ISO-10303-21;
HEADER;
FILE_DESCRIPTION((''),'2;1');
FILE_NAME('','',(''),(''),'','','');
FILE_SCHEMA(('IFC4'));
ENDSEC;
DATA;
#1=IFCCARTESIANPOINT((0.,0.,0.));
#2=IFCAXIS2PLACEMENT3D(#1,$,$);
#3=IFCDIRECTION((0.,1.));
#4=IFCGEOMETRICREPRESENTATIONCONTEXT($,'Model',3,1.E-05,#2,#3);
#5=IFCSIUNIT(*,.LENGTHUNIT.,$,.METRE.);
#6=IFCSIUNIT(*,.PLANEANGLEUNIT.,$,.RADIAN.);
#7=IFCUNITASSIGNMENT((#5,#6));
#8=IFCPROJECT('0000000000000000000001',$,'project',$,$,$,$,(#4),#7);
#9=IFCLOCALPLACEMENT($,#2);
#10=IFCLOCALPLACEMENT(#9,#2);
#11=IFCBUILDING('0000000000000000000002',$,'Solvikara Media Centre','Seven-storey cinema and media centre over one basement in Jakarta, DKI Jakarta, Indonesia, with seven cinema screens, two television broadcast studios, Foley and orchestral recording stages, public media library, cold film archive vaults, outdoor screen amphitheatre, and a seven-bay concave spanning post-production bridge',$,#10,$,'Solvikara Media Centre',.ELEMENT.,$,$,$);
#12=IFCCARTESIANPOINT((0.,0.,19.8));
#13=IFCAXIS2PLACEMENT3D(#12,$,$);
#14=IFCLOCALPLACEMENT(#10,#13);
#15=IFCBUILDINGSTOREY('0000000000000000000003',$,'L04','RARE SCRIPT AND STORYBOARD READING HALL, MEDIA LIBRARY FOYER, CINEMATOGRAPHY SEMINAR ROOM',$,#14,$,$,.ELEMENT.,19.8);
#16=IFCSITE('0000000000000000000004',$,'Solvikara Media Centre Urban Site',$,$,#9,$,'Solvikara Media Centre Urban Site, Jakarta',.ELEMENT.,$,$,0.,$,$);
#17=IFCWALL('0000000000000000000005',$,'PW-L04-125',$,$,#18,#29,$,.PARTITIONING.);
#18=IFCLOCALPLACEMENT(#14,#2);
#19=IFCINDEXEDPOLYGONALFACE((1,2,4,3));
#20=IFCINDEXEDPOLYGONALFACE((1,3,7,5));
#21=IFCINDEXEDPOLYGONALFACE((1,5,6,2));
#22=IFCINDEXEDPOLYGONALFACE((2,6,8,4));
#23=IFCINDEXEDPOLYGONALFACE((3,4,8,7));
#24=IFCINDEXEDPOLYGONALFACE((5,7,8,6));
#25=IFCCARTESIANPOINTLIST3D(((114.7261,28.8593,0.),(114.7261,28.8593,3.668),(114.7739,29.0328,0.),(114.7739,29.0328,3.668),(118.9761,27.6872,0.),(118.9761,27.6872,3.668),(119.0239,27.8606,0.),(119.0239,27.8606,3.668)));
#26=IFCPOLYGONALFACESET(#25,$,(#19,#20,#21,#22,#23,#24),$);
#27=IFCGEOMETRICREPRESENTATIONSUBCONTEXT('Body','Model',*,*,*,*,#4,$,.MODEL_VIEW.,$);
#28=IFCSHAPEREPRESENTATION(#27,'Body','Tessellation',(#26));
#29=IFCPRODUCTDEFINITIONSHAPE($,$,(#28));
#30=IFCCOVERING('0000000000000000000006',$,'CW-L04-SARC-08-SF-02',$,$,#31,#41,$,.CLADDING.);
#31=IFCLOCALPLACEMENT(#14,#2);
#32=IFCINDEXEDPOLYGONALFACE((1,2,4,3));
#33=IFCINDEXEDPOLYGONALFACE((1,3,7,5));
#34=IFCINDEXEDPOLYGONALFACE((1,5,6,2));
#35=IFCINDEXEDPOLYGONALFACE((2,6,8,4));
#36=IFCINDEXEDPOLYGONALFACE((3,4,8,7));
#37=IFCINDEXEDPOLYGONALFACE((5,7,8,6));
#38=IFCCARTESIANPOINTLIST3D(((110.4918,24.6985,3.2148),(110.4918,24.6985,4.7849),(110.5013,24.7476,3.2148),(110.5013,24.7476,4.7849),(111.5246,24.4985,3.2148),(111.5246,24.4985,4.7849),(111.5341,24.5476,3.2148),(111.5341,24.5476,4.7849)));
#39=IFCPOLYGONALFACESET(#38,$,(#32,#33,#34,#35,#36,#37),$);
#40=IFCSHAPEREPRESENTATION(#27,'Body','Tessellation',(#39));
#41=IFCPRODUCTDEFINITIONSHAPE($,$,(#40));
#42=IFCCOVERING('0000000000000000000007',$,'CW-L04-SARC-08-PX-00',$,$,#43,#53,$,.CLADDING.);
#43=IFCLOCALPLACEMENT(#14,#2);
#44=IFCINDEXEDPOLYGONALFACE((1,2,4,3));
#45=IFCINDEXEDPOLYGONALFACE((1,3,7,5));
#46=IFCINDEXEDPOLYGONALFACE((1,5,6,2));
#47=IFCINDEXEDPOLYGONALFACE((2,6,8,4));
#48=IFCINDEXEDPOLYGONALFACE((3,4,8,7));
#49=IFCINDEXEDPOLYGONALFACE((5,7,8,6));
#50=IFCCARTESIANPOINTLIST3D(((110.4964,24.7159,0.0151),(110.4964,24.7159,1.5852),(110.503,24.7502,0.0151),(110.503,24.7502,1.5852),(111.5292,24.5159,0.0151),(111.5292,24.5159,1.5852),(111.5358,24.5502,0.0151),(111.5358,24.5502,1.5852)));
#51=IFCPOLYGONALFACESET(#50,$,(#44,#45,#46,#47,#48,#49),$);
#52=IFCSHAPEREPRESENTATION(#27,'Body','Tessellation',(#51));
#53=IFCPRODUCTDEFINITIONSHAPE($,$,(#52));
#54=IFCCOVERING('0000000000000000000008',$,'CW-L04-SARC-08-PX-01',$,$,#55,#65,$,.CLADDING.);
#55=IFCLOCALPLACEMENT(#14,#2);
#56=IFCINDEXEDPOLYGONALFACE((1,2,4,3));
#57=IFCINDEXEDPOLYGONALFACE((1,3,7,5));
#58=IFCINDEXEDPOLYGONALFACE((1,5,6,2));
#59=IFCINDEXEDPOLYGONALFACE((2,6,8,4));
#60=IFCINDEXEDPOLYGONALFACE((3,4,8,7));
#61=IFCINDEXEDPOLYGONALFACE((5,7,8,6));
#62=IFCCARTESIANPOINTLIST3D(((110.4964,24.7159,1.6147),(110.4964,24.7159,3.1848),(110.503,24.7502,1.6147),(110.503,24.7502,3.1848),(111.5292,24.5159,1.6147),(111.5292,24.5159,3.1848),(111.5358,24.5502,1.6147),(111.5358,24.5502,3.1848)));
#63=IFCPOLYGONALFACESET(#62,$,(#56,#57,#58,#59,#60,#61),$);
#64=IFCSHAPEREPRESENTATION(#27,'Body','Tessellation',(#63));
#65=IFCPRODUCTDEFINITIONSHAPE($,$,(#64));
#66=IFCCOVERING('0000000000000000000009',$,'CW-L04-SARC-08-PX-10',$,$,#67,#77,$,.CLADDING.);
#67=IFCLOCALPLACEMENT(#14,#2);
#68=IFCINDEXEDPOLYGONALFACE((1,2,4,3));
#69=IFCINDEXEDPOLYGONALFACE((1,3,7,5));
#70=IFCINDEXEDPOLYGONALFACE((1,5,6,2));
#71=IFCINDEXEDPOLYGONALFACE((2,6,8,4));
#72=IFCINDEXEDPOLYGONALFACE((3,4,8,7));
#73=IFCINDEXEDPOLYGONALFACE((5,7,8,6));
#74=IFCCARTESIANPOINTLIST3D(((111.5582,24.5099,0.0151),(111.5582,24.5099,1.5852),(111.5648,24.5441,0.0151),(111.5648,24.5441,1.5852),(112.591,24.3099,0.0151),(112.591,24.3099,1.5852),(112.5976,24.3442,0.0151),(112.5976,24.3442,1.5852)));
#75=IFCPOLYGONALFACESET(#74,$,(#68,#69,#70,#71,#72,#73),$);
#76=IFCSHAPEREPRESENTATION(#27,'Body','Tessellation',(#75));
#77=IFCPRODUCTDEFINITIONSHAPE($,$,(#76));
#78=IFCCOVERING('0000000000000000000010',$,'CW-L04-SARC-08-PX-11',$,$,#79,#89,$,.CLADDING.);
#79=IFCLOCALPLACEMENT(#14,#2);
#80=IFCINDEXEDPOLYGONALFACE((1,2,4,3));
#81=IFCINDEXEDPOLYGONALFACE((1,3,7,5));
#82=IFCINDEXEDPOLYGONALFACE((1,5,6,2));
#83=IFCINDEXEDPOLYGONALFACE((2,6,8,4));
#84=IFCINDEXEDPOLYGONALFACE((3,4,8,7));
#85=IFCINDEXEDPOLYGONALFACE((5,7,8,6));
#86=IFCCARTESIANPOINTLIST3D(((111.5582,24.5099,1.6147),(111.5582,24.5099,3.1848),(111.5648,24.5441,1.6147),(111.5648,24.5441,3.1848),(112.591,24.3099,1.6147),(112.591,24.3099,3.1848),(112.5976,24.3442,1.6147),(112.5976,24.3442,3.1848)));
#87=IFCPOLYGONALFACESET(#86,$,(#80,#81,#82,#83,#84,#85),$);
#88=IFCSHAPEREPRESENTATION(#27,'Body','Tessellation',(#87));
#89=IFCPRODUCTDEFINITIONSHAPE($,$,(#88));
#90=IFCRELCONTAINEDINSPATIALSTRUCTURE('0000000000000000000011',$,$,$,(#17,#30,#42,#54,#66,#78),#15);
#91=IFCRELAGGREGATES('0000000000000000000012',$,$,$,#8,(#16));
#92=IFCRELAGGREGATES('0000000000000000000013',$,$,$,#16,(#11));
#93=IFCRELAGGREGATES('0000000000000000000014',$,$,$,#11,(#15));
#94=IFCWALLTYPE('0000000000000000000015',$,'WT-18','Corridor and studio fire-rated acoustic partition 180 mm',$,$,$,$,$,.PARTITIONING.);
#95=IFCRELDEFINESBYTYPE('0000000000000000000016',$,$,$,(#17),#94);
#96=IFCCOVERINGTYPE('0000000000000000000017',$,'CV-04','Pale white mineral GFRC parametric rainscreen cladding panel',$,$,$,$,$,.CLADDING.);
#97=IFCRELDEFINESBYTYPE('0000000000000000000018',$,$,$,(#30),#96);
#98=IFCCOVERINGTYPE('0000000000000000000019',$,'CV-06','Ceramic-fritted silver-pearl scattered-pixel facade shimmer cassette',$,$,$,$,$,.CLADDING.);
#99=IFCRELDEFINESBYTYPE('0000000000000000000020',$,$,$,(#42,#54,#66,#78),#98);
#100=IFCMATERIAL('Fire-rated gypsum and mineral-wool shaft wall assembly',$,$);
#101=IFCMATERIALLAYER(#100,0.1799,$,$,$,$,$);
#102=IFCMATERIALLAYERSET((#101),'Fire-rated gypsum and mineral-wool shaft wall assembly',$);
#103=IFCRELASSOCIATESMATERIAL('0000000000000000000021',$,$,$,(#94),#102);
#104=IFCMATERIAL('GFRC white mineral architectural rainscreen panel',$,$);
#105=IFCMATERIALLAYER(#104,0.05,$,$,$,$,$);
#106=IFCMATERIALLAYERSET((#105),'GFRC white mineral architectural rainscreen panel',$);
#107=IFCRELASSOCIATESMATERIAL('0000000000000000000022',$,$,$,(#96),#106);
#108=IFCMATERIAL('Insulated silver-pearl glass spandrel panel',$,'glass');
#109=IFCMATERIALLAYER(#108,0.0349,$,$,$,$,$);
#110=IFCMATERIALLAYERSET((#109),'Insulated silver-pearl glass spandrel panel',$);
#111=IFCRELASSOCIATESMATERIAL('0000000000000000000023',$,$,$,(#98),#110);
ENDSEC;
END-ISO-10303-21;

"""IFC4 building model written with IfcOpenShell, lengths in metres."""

from ifc_helpers import new_model, si_unit, direction, frame, frame_2d, origin, origin_2d, place, context, subcontext, project, spatial, rectangle, extrude, material, layer, layer_set, type_object, element, save


model = new_model("IFC4")

# Units and contexts
model_context = context("Model", 3, precision=1e-05, world=origin(), true_north=direction((0.0, 1.0)))
body_context = subcontext(model_context, "Body", "Model", "MODEL_VIEW")
ifc_project = project(units=[si_unit("LENGTHUNIT", "METRE"), si_unit("PLANEANGLEUNIT", "RADIAN")], contexts=[model_context])

# Site, building, storey
site_placement = place(None, origin())
site = spatial("IfcSite", under=ifc_project, at=site_placement, Name="Solvikara Media Centre Urban Site", LongName="Solvikara Media Centre Urban Site, Jakarta", CompositionType="ELEMENT", RefElevation=0.0)
building_placement = place(site_placement, origin())
building = spatial("IfcBuilding", under=site, at=building_placement, Name="Solvikara Media Centre", Description="Seven-storey cinema and media centre over one basement in Jakarta, DKI Jakarta, Indonesia, with seven cinema screens, two television broadcast studios, Foley and orchestral recording stages, public media library, cold film archive vaults, outdoor screen amphitheatre, and a seven-bay concave spanning post-production bridge", LongName="Solvikara Media Centre", CompositionType="ELEMENT")
storey_placement = place(building_placement, frame((0.0, 0.0, 19.8)))
storey = spatial("IfcBuildingStorey", under=building, at=storey_placement, Name="L04", Description="RARE SCRIPT AND STORYBOARD READING HALL, MEDIA LIBRARY FOYER, CINEMATOGRAPHY SEMINAR ROOM", CompositionType="ELEMENT", Elevation=19.8)

# Shared definitions
ifc_material_1 = material(Name="Insulated silver-pearl glass spandrel panel", Category="glass")

# Wall
ifc_material_2 = material(Name="Fire-rated gypsum and mineral-wool shaft wall assembly")
ifc_layer_1 = layer(ifc_material_2, 0.1799)
ifc_layer_set_1 = layer_set([ifc_layer_1], Name="Fire-rated gypsum and mineral-wool shaft wall assembly")
wall_type = type_object("IfcWallType", Name="WT-18", Description="Corridor and studio fire-rated acoustic partition 180 mm", PredefinedType="PARTITIONING", material=ifc_layer_set_1)
wall_placement = place(storey_placement, frame((114.75, 28.946, 0.0), z_axis=(0.0, 0.0, 1.0), x_axis=(0.96401, -0.265867, 0.0)))
element("IfcWall", 1, at=wall_placement, inside=storey, type_object=wall_type, Name="PW-L04-125", PredefinedType="PARTITIONING", context=body_context, shape_type="SweptSolid", body=[
    extrude(rectangle(XDim=4.4087, YDim=0.1799, at=frame_2d((2.2043, 0.0))), origin(), (0.0, 0.0, 1.0), 3.668),
])

# Coverings
ifc_material_3 = material(Name="GFRC white mineral architectural rainscreen panel")
ifc_layer_2 = layer(ifc_material_3, 0.05)
ifc_layer_set_2 = layer_set([ifc_layer_2], Name="GFRC white mineral architectural rainscreen panel")
covering_type_1 = type_object("IfcCoveringType", Name="CV-04", Description="Pale white mineral GFRC parametric rainscreen cladding panel", PredefinedType="CLADDING", material=ifc_layer_set_2)
covering_placement = place(storey_placement, frame((111.0129, 24.623, 3.2148), z_axis=(0.0, 0.0, 1.0), x_axis=(0.981767, -0.190089, 0.0)))
element("IfcCovering", 2, at=covering_placement, inside=storey, type_object=covering_type_1, Name="CW-L04-SARC-08-SF-02", PredefinedType="CLADDING", context=body_context, shape_type="SweptSolid", body=[
    extrude(rectangle(XDim=1.052, YDim=0.05, at=origin_2d()), origin(), (0.0, 0.0, 1.0), 1.5701),
])
ifc_layer_3 = layer(ifc_material_1, 0.0349)
ifc_layer_set_3 = layer_set([ifc_layer_3], Name="Insulated silver-pearl glass spandrel panel")
covering_type_2 = type_object("IfcCoveringType", Name="CV-06", Description="Ceramic-fritted silver-pearl scattered-pixel facade shimmer cassette", PredefinedType="CLADDING", material=ifc_layer_set_3)
for number, where, z_axis, x_axis, name in (
    (3, (111.0161, 24.6331, 0.0151), (0.0, 0.0, 1.0), (0.981767, -0.190089, 0.0), "CW-L04-SARC-08-PX-00"),
    (4, (111.0161, 24.6331, 1.6147), (0.0, 0.0, 1.0), (0.981767, -0.190089, 0.0), "CW-L04-SARC-08-PX-01"),
    (5, (112.0779, 24.427, 0.0151), (0.0, 0.0, 1.0), (0.981767, -0.190089, 0.0), "CW-L04-SARC-08-PX-10"),
    (6, (112.0779, 24.427, 1.6147), (0.0, 0.0, 1.0), (0.981767, -0.190089, 0.0), "CW-L04-SARC-08-PX-11"),
):
    element("IfcCovering", number, at=place(storey_placement, frame(where, z_axis=z_axis, x_axis=x_axis)), inside=storey, type_object=covering_type_2, Name=name, PredefinedType="CLADDING", context=body_context, shape_type="SweptSolid", body=[
        extrude(rectangle(XDim=1.052, YDim=0.0349, at=origin_2d()), origin(), (0.0, 0.0, 1.0), 1.5701),
    ])

save(model, "model.ifc")
